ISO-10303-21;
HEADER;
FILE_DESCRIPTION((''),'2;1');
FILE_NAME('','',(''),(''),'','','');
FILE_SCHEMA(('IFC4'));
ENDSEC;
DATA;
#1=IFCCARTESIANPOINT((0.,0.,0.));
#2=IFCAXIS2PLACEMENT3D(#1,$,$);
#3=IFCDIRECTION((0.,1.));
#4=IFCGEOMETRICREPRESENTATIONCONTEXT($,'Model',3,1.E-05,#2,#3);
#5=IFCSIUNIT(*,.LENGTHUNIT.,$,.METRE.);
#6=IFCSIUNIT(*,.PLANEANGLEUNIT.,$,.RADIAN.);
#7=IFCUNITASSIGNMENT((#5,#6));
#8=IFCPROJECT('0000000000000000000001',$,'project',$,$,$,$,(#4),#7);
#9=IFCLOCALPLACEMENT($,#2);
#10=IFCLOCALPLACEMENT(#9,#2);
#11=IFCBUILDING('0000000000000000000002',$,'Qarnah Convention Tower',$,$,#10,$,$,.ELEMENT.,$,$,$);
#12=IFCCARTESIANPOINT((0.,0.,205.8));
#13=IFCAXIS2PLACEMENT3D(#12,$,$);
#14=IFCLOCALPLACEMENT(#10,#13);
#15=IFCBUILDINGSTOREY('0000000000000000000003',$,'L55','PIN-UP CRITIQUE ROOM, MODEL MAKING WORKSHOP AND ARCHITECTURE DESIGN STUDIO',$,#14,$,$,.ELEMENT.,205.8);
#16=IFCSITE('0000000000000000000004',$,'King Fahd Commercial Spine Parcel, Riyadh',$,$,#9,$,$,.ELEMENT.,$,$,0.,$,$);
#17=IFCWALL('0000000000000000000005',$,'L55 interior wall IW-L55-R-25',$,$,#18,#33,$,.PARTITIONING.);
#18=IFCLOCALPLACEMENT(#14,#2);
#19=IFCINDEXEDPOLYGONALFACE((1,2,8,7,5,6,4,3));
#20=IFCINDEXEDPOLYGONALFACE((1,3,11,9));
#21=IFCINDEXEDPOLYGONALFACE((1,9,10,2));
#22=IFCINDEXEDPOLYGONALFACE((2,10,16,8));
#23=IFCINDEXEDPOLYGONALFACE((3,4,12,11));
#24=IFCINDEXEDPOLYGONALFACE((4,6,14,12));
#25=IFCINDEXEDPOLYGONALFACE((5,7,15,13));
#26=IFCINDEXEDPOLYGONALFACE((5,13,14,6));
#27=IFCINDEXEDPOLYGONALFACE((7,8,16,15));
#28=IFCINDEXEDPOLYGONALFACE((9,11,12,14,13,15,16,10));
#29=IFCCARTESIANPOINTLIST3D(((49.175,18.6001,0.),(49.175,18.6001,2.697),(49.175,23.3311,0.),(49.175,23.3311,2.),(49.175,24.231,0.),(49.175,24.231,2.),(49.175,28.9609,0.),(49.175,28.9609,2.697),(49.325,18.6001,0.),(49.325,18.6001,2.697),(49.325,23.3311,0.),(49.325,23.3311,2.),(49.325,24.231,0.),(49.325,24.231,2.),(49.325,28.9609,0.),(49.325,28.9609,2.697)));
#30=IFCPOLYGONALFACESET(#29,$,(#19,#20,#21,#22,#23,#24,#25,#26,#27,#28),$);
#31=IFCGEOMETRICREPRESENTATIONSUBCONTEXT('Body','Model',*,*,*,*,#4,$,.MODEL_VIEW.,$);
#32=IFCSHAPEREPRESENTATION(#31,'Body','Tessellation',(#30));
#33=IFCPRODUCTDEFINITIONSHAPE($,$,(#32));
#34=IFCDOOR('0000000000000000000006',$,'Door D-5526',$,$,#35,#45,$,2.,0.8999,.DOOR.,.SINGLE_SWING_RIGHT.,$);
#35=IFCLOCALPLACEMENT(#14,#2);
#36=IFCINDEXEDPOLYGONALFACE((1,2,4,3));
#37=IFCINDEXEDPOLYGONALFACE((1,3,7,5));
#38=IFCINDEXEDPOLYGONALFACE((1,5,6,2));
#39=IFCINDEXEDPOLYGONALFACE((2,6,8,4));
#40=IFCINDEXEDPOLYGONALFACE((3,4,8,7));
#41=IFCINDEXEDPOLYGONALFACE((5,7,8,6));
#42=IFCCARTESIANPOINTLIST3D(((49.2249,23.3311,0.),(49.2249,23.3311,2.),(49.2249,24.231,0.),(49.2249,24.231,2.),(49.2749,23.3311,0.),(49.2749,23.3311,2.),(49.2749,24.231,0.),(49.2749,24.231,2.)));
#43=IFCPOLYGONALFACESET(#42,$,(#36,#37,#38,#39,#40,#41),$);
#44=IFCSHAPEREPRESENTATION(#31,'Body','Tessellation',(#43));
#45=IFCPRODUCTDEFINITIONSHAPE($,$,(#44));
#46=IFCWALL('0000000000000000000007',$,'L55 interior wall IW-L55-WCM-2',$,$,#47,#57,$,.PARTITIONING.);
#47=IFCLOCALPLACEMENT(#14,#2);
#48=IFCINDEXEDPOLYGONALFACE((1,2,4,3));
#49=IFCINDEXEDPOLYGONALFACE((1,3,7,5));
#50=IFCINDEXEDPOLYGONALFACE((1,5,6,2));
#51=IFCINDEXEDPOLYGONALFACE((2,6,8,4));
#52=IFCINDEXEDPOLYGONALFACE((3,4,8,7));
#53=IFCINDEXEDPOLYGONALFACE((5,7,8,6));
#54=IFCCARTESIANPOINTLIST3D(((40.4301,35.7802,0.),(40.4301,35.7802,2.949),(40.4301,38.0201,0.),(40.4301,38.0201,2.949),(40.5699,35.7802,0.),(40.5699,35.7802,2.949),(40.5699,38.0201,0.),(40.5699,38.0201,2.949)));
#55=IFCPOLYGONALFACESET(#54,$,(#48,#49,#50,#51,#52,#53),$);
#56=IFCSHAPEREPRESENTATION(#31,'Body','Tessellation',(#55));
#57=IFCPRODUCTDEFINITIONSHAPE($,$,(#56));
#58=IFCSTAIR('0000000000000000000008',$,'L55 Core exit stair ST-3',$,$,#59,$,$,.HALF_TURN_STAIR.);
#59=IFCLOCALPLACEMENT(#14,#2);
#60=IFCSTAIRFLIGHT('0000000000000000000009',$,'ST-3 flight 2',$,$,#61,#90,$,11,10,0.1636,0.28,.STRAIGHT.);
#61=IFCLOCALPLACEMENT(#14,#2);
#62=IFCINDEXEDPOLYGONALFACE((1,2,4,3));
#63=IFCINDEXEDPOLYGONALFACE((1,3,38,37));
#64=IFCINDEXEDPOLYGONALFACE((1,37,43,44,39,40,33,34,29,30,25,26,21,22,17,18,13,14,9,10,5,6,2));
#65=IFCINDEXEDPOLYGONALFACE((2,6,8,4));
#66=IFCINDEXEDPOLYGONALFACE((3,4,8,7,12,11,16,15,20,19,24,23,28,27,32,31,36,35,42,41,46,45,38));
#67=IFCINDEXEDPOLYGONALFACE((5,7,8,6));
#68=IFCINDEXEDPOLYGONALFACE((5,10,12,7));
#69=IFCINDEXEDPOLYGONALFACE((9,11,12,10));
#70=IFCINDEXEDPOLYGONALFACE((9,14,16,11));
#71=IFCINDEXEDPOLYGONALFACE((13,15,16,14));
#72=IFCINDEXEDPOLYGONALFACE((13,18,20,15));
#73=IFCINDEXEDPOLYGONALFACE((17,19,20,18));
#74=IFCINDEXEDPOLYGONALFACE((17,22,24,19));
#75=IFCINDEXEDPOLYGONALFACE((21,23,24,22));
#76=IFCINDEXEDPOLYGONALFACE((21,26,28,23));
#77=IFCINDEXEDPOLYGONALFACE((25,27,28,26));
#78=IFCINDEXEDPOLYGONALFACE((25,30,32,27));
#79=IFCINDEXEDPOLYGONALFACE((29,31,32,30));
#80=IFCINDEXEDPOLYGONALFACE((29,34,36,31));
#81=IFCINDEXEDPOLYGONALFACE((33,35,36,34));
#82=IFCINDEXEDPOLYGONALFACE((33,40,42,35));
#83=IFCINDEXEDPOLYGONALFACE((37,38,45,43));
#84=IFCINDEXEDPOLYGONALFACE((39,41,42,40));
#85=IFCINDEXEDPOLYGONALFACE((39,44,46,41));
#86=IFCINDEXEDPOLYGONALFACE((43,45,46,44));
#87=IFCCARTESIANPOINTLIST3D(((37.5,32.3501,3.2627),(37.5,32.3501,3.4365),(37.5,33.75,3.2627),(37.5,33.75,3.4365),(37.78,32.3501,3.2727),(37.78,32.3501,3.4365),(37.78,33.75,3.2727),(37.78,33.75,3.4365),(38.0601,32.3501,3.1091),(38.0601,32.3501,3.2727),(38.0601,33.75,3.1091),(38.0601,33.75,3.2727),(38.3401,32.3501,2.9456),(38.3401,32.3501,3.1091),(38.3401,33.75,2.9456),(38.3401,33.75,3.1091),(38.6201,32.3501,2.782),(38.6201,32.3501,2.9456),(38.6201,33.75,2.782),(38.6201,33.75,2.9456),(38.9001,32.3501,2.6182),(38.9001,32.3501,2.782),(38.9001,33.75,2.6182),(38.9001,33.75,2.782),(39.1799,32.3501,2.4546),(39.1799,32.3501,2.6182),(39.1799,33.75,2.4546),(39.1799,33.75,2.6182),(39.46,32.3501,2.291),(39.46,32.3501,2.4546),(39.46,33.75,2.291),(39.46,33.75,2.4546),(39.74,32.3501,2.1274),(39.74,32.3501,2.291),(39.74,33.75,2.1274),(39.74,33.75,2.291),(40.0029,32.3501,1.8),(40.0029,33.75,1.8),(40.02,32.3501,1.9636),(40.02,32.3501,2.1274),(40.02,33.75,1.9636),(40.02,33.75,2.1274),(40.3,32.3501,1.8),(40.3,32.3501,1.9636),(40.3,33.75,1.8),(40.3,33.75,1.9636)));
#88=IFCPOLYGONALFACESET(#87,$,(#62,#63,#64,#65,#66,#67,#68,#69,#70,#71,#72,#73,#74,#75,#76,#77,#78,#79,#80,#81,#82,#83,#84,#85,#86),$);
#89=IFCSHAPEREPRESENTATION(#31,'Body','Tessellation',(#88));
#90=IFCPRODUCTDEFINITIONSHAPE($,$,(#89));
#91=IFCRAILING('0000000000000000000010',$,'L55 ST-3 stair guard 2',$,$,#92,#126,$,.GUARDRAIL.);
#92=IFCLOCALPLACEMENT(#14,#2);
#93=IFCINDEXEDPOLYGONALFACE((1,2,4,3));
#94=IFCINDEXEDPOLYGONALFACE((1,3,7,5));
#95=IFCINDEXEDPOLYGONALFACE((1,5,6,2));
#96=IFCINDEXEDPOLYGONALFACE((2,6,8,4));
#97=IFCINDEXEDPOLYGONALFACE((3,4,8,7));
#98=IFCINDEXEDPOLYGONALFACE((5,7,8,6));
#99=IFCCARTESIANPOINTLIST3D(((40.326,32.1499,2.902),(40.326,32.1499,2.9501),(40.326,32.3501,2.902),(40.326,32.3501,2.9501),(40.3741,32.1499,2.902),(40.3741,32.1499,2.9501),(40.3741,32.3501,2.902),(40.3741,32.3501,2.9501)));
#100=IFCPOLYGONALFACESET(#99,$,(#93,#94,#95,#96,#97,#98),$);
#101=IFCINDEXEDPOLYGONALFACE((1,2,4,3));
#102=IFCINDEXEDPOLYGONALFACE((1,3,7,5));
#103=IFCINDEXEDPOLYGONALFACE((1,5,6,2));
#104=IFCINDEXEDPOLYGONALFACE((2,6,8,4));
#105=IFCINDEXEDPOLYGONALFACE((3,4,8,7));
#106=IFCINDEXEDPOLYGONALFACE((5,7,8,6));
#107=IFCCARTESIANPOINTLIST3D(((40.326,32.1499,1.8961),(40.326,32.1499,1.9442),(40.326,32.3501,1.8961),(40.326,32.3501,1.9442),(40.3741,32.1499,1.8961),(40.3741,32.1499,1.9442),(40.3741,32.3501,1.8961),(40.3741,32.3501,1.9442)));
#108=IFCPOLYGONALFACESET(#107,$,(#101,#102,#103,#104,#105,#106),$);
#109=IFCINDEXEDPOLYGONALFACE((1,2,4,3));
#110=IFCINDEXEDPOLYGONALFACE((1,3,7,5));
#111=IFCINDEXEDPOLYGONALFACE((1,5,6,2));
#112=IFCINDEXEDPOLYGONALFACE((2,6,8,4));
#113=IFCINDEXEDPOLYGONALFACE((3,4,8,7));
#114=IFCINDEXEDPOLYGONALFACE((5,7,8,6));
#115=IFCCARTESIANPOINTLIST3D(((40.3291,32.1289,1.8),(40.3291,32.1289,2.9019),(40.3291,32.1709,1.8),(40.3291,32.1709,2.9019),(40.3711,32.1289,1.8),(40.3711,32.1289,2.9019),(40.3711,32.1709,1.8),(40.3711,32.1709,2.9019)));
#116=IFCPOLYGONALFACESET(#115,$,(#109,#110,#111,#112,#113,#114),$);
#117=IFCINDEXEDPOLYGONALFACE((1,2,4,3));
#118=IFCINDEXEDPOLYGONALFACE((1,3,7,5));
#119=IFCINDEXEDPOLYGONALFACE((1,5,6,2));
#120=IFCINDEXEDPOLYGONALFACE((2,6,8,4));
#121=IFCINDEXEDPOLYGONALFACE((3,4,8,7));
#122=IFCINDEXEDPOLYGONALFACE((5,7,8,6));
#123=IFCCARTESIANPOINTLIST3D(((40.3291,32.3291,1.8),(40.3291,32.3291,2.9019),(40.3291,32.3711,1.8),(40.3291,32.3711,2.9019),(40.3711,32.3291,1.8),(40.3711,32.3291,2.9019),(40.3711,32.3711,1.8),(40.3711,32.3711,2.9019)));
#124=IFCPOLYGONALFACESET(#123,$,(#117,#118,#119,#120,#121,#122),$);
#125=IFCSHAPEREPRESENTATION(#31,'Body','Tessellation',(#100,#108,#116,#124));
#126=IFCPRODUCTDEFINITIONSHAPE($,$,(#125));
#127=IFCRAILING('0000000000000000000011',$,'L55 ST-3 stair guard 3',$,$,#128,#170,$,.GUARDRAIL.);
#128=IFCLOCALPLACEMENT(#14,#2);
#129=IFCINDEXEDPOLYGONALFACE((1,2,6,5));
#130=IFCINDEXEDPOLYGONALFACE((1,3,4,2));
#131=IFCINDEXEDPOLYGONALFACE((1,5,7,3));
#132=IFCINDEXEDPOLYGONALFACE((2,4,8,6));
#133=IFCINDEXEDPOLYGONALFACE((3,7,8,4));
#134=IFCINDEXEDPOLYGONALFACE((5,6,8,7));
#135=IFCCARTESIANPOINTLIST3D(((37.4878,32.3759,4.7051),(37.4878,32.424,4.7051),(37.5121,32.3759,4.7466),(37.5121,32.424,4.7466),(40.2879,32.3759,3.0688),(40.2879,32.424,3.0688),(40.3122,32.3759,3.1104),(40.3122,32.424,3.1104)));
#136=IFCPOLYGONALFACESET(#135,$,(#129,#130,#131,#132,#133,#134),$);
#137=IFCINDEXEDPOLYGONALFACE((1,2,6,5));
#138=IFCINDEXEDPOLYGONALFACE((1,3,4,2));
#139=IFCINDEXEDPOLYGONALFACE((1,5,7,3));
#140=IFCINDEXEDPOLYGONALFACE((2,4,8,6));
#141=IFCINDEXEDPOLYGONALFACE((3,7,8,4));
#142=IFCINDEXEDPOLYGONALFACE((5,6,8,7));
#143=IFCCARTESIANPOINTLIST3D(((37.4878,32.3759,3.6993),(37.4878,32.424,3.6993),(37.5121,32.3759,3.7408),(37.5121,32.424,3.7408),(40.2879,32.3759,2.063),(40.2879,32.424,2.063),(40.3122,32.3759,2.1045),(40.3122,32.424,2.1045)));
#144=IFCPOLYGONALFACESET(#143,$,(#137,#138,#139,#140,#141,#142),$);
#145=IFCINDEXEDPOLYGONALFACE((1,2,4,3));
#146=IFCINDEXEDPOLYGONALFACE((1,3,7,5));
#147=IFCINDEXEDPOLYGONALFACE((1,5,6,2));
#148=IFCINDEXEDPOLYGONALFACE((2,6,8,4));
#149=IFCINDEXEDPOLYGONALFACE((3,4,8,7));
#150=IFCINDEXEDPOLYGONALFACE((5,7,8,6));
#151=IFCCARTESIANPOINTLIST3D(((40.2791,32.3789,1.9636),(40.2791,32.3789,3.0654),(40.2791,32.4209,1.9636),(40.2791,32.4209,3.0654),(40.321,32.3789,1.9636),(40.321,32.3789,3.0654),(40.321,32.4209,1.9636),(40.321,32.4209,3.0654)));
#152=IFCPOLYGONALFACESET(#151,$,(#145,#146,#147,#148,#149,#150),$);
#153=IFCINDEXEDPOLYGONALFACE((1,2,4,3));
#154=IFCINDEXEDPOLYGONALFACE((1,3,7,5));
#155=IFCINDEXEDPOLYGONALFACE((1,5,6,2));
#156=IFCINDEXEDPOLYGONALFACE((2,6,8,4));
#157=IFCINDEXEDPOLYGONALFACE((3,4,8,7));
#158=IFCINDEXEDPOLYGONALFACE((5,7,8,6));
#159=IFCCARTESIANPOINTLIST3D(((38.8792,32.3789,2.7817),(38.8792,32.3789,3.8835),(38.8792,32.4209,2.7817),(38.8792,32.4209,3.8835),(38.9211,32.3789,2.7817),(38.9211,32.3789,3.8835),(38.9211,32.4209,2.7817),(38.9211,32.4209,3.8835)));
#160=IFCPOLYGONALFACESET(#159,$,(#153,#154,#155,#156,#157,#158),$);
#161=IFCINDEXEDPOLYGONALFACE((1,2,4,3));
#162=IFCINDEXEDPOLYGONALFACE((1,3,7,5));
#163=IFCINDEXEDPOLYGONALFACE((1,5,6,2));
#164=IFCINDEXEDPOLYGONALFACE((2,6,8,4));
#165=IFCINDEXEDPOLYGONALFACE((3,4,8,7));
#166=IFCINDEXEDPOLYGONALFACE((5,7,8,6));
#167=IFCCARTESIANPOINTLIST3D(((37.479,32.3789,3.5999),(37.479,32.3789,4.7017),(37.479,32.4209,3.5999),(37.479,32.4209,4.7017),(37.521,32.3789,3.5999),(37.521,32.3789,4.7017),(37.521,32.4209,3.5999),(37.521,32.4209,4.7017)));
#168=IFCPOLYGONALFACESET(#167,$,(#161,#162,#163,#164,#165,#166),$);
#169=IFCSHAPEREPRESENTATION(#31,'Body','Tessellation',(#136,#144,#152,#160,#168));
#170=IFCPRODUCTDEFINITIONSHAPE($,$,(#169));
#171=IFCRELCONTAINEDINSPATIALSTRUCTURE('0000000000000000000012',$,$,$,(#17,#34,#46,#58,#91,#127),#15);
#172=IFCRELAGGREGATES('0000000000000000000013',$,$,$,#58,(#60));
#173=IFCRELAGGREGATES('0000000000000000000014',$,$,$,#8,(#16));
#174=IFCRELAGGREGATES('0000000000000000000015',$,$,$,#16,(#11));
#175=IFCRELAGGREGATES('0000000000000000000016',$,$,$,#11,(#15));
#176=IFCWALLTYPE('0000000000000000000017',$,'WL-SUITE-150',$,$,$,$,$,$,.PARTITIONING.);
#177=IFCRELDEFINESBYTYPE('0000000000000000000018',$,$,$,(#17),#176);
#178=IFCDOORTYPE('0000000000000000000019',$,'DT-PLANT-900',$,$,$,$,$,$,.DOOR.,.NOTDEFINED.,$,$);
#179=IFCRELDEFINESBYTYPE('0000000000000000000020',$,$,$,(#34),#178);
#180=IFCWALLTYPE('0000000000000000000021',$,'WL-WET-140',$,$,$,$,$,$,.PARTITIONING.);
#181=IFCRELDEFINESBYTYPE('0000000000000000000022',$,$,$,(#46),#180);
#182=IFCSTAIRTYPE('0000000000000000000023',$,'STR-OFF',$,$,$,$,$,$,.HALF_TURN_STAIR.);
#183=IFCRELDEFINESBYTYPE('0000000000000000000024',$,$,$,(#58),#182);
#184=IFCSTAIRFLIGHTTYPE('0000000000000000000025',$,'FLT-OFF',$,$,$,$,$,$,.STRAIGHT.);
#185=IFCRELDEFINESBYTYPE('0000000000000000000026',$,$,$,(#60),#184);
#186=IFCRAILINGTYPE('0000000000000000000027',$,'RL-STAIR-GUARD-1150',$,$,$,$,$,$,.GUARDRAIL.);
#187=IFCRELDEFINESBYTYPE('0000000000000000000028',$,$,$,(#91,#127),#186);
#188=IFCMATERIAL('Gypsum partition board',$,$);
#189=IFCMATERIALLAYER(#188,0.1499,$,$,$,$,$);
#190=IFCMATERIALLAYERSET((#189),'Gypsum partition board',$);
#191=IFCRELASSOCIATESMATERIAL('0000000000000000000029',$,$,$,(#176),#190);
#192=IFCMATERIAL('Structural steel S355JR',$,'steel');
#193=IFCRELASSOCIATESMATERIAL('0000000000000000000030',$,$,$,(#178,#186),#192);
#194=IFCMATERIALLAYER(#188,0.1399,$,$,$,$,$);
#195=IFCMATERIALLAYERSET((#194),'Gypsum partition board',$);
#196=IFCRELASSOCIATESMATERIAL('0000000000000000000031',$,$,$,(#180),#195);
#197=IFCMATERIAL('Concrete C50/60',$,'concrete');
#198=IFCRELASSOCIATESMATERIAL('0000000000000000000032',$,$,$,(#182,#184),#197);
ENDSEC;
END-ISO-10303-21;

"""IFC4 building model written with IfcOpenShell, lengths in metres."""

from ifc_helpers import new_model, si_unit, direction, frame, frame_2d, origin, origin_2d, place, context, subcontext, project, spatial, polyline, rectangle, outline, extrude, material, layer, layer_set, type_object, element, fill, aggregate, save


model = new_model("IFC4")

# Units and contexts
model_context = context("Model", 3, precision=1e-05, world=origin(), true_north=direction((0.0, 1.0)))
body_context = subcontext(model_context, "Body", "Model", "MODEL_VIEW")
ifc_project = project(units=[si_unit("LENGTHUNIT", "METRE"), si_unit("PLANEANGLEUNIT", "RADIAN")], contexts=[model_context])

# Site, building, storey
site_placement = place(None, origin())
site = spatial("IfcSite", under=ifc_project, at=site_placement, Name="King Fahd Commercial Spine Parcel, Riyadh", CompositionType="ELEMENT", RefElevation=0.0)
building_placement = place(site_placement, origin())
building = spatial("IfcBuilding", under=site, at=building_placement, Name="Qarnah Convention Tower", CompositionType="ELEMENT")
storey_placement = place(building_placement, frame((0.0, 0.0, 205.8)))
storey = spatial("IfcBuildingStorey", under=building, at=storey_placement, Name="L55", Description="PIN-UP CRITIQUE ROOM, MODEL MAKING WORKSHOP AND ARCHITECTURE DESIGN STUDIO", CompositionType="ELEMENT", Elevation=205.8)

# Shared definitions
ifc_material_1 = material(Name="Concrete C50/60", Category="concrete")

# Shared definitions
ifc_material_2 = material(Name="Structural steel S355JR", Category="steel")

# Shared definitions
ifc_material_3 = material(Name="Gypsum partition board")
ifc_layer_1 = layer(ifc_material_3, 0.1499)
ifc_layer_set_1 = layer_set([ifc_layer_1], Name="Gypsum partition board")
wall_type_1 = type_object("IfcWallType", Name="WL-SUITE-150", PredefinedType="PARTITIONING", material=ifc_layer_set_1)

# Wall, opening, door
wall_1_placement = place(storey_placement, frame((49.25, 28.9609, 0.0), z_axis=(0.0, 0.0, 1.0), x_axis=(0.0, -1.0, 0.0)))
wall_1 = element("IfcWall", 1, at=wall_1_placement, inside=storey, type_object=wall_type_1, Name="L55 interior wall IW-L55-R-25", PredefinedType="PARTITIONING", context=body_context, shape_type="SweptSolid", body=[
    extrude(rectangle(XDim=10.3608, YDim=0.1499, at=frame_2d((5.1804, 0.0))), origin(), (0.0, 0.0, 1.0), 2.697),
])
opening_1_placement = place(wall_1_placement, frame((4.73, 0.0, 0.0)))
opening_1 = element("IfcOpeningElement", 2, at=opening_1_placement, cuts=wall_1, PredefinedType="OPENING", context=body_context, shape_type="SweptSolid", body=[
    extrude(rectangle(XDim=0.8999, YDim=2.0, at=frame_2d((0.45, 1.0))), frame((0.0, 0.085, 0.0), z_axis=(0.0, -1.0, 0.0), x_axis=(1.0, 0.0, 0.0)), (0.0, 0.0, 1.0), 0.1699),
])
door_type_1 = type_object("IfcDoorType", Name="DT-PLANT-900", OperationType="NOTDEFINED", PredefinedType="DOOR", material=ifc_material_2)
door_1_placement = place(opening_1_placement, origin())
door_1 = element("IfcDoor", 3, at=door_1_placement, inside=storey, type_object=door_type_1, Name="Door D-5526", OperationType="SINGLE_SWING_RIGHT", OverallHeight=2.0, OverallWidth=0.8999, PredefinedType="DOOR", context=body_context, shape_type="SweptSolid", body=[
    extrude(rectangle(XDim=0.8999, YDim=2.0, at=frame_2d((0.45, 1.0))), frame((0.0, 0.0249, 0.0), z_axis=(0.0, -1.0, 0.0), x_axis=(1.0, 0.0, 0.0)), (0.0, 0.0, 1.0), 0.05),
])
fill(opening_1, door_1)

# Wall
ifc_layer_2 = layer(ifc_material_3, 0.1399)
ifc_layer_set_2 = layer_set([ifc_layer_2], Name="Gypsum partition board")
wall_type_2 = type_object("IfcWallType", Name="WL-WET-140", PredefinedType="PARTITIONING", material=ifc_layer_set_2)
wall_2_placement = place(storey_placement, frame((40.5, 35.78, 0.0), z_axis=(0.0, 0.0, 1.0), x_axis=(0.0, 1.0, 0.0)))
element("IfcWall", 4, at=wall_2_placement, inside=storey, type_object=wall_type_2, Name="L55 interior wall IW-L55-WCM-2", PredefinedType="PARTITIONING", context=body_context, shape_type="SweptSolid", body=[
    extrude(rectangle(XDim=2.24, YDim=0.1399, at=frame_2d((1.1201, 0.0))), origin(), (0.0, 0.0, 1.0), 2.949),
])

# Stair, stair flight
stair_type = type_object("IfcStairType", Name="STR-OFF", PredefinedType="HALF_TURN_STAIR", material=ifc_material_1)
stair_placement = place(storey_placement, origin())
stair = element("IfcStair", 5, at=stair_placement, inside=storey, type_object=stair_type, Name="L55 Core exit stair ST-3", PredefinedType="HALF_TURN_STAIR")
stair_flight_type = type_object("IfcStairFlightType", Name="FLT-OFF", PredefinedType="STRAIGHT", material=ifc_material_1)
stair_flight_placement = place(storey_placement, frame((40.3, 33.05, 1.8), z_axis=(0.0, 0.0, 1.0), x_axis=(-1.0, 0.0, 0.0)))
stair_flight = element("IfcStairFlight", 6, at=stair_flight_placement, type_object=stair_flight_type, Name="ST-3 flight 2", NumberOfRisers=11, NumberOfTreads=10, PredefinedType="STRAIGHT", RiserHeight=0.1636, TreadLength=0.28, context=body_context, shape_type="SweptSolid", body=[
    extrude(outline(polyline([(0.0, 0.0), (0.0, 0.1636), (0.28, 0.1636), (0.28, 0.3274), (0.5601, 0.3274), (0.5601, 0.491), (0.8401, 0.491), (0.8401, 0.6545), (1.1201, 0.6545), (1.1201, 0.8181), (1.3999, 0.8181), (1.3999, 0.9819), (1.6799, 0.9819), (1.6799, 1.1455), (1.96, 1.1455), (1.96, 1.3091), (2.24, 1.3091), (2.24, 1.4727), (2.52, 1.4727), (2.52, 1.6365), (2.8, 1.6365), (2.8, 1.8), (2.8, 1.4626), (0.2971, 0.0), (0.0, 0.0)])), frame((0.0, 0.7, 0.0), z_axis=(0.0, -1.0, 0.0), x_axis=(1.0, 0.0, 0.0)), (0.0, 0.0, 1.0), 1.3999),
])
aggregate(stair, [stair_flight])

# Railings
railing_type_1 = type_object("IfcRailingType", Name="RL-STAIR-GUARD-1150", PredefinedType="GUARDRAIL", material=ifc_material_2)
railing_1_placement = place(storey_placement, frame((40.3501, 32.1499, 1.8)))
element("IfcRailing", 7, at=railing_1_placement, inside=storey, type_object=railing_type_1, Name="L55 ST-3 stair guard 2", PredefinedType="GUARDRAIL", context=body_context, shape_type="SweptSolid", body=[
    extrude(rectangle(XDim=0.0481, YDim=0.0481, at=origin_2d()), frame((0.0, 0.0, 1.126), z_axis=(0.0, 1.0, 0.0), x_axis=(-1.0, 0.0, 0.0)), (0.0, 0.0, 1.0), 0.2002),
    extrude(rectangle(XDim=0.0481, YDim=0.0481, at=origin_2d()), frame((0.0, 0.0, 0.1201), z_axis=(0.0, 1.0, 0.0), x_axis=(-1.0, 0.0, 0.0)), (0.0, 0.0, 1.0), 0.2002),
    extrude(rectangle(XDim=0.042, YDim=0.042, at=origin_2d()), origin(), (0.0, 0.0, 1.0), 1.1018),
    extrude(rectangle(XDim=0.042, YDim=0.042, at=origin_2d()), frame((0.0, 0.2002, 0.0)), (0.0, 0.0, 1.0), 1.1018),
])
railing_2_placement = place(storey_placement, frame((40.3, 32.3999, 1.9636)))
element("IfcRailing", 8, at=railing_2_placement, inside=storey, type_object=railing_type_1, Name="L55 ST-3 stair guard 3", PredefinedType="GUARDRAIL", context=body_context, shape_type="SweptSolid", body=[
    extrude(rectangle(XDim=0.0481, YDim=0.0481, at=origin_2d()), frame((0.0, 0.0, 1.126), z_axis=(-0.863394, 0.0, 0.504531), x_axis=(0.0, -1.0, 0.0)), (0.0, 0.0, 1.0), 3.2432),
    extrude(rectangle(XDim=0.0481, YDim=0.0481, at=origin_2d()), frame((0.0, 0.0, 0.1201), z_axis=(-0.863394, 0.0, 0.504531), x_axis=(0.0, -1.0, 0.0)), (0.0, 0.0, 1.0), 3.2432),
    extrude(rectangle(XDim=0.042, YDim=0.042, at=origin_2d()), origin(), (0.0, 0.0, 1.0), 1.1018),
    extrude(rectangle(XDim=0.042, YDim=0.042, at=origin_2d()), frame((-1.3999, 0.0, 0.8181)), (0.0, 0.0, 1.0), 1.1018),
    extrude(rectangle(XDim=0.042, YDim=0.042, at=origin_2d()), frame((-2.8, 0.0, 1.6362)), (0.0, 0.0, 1.0), 1.1018),
])

save(model, "model.ifc")
